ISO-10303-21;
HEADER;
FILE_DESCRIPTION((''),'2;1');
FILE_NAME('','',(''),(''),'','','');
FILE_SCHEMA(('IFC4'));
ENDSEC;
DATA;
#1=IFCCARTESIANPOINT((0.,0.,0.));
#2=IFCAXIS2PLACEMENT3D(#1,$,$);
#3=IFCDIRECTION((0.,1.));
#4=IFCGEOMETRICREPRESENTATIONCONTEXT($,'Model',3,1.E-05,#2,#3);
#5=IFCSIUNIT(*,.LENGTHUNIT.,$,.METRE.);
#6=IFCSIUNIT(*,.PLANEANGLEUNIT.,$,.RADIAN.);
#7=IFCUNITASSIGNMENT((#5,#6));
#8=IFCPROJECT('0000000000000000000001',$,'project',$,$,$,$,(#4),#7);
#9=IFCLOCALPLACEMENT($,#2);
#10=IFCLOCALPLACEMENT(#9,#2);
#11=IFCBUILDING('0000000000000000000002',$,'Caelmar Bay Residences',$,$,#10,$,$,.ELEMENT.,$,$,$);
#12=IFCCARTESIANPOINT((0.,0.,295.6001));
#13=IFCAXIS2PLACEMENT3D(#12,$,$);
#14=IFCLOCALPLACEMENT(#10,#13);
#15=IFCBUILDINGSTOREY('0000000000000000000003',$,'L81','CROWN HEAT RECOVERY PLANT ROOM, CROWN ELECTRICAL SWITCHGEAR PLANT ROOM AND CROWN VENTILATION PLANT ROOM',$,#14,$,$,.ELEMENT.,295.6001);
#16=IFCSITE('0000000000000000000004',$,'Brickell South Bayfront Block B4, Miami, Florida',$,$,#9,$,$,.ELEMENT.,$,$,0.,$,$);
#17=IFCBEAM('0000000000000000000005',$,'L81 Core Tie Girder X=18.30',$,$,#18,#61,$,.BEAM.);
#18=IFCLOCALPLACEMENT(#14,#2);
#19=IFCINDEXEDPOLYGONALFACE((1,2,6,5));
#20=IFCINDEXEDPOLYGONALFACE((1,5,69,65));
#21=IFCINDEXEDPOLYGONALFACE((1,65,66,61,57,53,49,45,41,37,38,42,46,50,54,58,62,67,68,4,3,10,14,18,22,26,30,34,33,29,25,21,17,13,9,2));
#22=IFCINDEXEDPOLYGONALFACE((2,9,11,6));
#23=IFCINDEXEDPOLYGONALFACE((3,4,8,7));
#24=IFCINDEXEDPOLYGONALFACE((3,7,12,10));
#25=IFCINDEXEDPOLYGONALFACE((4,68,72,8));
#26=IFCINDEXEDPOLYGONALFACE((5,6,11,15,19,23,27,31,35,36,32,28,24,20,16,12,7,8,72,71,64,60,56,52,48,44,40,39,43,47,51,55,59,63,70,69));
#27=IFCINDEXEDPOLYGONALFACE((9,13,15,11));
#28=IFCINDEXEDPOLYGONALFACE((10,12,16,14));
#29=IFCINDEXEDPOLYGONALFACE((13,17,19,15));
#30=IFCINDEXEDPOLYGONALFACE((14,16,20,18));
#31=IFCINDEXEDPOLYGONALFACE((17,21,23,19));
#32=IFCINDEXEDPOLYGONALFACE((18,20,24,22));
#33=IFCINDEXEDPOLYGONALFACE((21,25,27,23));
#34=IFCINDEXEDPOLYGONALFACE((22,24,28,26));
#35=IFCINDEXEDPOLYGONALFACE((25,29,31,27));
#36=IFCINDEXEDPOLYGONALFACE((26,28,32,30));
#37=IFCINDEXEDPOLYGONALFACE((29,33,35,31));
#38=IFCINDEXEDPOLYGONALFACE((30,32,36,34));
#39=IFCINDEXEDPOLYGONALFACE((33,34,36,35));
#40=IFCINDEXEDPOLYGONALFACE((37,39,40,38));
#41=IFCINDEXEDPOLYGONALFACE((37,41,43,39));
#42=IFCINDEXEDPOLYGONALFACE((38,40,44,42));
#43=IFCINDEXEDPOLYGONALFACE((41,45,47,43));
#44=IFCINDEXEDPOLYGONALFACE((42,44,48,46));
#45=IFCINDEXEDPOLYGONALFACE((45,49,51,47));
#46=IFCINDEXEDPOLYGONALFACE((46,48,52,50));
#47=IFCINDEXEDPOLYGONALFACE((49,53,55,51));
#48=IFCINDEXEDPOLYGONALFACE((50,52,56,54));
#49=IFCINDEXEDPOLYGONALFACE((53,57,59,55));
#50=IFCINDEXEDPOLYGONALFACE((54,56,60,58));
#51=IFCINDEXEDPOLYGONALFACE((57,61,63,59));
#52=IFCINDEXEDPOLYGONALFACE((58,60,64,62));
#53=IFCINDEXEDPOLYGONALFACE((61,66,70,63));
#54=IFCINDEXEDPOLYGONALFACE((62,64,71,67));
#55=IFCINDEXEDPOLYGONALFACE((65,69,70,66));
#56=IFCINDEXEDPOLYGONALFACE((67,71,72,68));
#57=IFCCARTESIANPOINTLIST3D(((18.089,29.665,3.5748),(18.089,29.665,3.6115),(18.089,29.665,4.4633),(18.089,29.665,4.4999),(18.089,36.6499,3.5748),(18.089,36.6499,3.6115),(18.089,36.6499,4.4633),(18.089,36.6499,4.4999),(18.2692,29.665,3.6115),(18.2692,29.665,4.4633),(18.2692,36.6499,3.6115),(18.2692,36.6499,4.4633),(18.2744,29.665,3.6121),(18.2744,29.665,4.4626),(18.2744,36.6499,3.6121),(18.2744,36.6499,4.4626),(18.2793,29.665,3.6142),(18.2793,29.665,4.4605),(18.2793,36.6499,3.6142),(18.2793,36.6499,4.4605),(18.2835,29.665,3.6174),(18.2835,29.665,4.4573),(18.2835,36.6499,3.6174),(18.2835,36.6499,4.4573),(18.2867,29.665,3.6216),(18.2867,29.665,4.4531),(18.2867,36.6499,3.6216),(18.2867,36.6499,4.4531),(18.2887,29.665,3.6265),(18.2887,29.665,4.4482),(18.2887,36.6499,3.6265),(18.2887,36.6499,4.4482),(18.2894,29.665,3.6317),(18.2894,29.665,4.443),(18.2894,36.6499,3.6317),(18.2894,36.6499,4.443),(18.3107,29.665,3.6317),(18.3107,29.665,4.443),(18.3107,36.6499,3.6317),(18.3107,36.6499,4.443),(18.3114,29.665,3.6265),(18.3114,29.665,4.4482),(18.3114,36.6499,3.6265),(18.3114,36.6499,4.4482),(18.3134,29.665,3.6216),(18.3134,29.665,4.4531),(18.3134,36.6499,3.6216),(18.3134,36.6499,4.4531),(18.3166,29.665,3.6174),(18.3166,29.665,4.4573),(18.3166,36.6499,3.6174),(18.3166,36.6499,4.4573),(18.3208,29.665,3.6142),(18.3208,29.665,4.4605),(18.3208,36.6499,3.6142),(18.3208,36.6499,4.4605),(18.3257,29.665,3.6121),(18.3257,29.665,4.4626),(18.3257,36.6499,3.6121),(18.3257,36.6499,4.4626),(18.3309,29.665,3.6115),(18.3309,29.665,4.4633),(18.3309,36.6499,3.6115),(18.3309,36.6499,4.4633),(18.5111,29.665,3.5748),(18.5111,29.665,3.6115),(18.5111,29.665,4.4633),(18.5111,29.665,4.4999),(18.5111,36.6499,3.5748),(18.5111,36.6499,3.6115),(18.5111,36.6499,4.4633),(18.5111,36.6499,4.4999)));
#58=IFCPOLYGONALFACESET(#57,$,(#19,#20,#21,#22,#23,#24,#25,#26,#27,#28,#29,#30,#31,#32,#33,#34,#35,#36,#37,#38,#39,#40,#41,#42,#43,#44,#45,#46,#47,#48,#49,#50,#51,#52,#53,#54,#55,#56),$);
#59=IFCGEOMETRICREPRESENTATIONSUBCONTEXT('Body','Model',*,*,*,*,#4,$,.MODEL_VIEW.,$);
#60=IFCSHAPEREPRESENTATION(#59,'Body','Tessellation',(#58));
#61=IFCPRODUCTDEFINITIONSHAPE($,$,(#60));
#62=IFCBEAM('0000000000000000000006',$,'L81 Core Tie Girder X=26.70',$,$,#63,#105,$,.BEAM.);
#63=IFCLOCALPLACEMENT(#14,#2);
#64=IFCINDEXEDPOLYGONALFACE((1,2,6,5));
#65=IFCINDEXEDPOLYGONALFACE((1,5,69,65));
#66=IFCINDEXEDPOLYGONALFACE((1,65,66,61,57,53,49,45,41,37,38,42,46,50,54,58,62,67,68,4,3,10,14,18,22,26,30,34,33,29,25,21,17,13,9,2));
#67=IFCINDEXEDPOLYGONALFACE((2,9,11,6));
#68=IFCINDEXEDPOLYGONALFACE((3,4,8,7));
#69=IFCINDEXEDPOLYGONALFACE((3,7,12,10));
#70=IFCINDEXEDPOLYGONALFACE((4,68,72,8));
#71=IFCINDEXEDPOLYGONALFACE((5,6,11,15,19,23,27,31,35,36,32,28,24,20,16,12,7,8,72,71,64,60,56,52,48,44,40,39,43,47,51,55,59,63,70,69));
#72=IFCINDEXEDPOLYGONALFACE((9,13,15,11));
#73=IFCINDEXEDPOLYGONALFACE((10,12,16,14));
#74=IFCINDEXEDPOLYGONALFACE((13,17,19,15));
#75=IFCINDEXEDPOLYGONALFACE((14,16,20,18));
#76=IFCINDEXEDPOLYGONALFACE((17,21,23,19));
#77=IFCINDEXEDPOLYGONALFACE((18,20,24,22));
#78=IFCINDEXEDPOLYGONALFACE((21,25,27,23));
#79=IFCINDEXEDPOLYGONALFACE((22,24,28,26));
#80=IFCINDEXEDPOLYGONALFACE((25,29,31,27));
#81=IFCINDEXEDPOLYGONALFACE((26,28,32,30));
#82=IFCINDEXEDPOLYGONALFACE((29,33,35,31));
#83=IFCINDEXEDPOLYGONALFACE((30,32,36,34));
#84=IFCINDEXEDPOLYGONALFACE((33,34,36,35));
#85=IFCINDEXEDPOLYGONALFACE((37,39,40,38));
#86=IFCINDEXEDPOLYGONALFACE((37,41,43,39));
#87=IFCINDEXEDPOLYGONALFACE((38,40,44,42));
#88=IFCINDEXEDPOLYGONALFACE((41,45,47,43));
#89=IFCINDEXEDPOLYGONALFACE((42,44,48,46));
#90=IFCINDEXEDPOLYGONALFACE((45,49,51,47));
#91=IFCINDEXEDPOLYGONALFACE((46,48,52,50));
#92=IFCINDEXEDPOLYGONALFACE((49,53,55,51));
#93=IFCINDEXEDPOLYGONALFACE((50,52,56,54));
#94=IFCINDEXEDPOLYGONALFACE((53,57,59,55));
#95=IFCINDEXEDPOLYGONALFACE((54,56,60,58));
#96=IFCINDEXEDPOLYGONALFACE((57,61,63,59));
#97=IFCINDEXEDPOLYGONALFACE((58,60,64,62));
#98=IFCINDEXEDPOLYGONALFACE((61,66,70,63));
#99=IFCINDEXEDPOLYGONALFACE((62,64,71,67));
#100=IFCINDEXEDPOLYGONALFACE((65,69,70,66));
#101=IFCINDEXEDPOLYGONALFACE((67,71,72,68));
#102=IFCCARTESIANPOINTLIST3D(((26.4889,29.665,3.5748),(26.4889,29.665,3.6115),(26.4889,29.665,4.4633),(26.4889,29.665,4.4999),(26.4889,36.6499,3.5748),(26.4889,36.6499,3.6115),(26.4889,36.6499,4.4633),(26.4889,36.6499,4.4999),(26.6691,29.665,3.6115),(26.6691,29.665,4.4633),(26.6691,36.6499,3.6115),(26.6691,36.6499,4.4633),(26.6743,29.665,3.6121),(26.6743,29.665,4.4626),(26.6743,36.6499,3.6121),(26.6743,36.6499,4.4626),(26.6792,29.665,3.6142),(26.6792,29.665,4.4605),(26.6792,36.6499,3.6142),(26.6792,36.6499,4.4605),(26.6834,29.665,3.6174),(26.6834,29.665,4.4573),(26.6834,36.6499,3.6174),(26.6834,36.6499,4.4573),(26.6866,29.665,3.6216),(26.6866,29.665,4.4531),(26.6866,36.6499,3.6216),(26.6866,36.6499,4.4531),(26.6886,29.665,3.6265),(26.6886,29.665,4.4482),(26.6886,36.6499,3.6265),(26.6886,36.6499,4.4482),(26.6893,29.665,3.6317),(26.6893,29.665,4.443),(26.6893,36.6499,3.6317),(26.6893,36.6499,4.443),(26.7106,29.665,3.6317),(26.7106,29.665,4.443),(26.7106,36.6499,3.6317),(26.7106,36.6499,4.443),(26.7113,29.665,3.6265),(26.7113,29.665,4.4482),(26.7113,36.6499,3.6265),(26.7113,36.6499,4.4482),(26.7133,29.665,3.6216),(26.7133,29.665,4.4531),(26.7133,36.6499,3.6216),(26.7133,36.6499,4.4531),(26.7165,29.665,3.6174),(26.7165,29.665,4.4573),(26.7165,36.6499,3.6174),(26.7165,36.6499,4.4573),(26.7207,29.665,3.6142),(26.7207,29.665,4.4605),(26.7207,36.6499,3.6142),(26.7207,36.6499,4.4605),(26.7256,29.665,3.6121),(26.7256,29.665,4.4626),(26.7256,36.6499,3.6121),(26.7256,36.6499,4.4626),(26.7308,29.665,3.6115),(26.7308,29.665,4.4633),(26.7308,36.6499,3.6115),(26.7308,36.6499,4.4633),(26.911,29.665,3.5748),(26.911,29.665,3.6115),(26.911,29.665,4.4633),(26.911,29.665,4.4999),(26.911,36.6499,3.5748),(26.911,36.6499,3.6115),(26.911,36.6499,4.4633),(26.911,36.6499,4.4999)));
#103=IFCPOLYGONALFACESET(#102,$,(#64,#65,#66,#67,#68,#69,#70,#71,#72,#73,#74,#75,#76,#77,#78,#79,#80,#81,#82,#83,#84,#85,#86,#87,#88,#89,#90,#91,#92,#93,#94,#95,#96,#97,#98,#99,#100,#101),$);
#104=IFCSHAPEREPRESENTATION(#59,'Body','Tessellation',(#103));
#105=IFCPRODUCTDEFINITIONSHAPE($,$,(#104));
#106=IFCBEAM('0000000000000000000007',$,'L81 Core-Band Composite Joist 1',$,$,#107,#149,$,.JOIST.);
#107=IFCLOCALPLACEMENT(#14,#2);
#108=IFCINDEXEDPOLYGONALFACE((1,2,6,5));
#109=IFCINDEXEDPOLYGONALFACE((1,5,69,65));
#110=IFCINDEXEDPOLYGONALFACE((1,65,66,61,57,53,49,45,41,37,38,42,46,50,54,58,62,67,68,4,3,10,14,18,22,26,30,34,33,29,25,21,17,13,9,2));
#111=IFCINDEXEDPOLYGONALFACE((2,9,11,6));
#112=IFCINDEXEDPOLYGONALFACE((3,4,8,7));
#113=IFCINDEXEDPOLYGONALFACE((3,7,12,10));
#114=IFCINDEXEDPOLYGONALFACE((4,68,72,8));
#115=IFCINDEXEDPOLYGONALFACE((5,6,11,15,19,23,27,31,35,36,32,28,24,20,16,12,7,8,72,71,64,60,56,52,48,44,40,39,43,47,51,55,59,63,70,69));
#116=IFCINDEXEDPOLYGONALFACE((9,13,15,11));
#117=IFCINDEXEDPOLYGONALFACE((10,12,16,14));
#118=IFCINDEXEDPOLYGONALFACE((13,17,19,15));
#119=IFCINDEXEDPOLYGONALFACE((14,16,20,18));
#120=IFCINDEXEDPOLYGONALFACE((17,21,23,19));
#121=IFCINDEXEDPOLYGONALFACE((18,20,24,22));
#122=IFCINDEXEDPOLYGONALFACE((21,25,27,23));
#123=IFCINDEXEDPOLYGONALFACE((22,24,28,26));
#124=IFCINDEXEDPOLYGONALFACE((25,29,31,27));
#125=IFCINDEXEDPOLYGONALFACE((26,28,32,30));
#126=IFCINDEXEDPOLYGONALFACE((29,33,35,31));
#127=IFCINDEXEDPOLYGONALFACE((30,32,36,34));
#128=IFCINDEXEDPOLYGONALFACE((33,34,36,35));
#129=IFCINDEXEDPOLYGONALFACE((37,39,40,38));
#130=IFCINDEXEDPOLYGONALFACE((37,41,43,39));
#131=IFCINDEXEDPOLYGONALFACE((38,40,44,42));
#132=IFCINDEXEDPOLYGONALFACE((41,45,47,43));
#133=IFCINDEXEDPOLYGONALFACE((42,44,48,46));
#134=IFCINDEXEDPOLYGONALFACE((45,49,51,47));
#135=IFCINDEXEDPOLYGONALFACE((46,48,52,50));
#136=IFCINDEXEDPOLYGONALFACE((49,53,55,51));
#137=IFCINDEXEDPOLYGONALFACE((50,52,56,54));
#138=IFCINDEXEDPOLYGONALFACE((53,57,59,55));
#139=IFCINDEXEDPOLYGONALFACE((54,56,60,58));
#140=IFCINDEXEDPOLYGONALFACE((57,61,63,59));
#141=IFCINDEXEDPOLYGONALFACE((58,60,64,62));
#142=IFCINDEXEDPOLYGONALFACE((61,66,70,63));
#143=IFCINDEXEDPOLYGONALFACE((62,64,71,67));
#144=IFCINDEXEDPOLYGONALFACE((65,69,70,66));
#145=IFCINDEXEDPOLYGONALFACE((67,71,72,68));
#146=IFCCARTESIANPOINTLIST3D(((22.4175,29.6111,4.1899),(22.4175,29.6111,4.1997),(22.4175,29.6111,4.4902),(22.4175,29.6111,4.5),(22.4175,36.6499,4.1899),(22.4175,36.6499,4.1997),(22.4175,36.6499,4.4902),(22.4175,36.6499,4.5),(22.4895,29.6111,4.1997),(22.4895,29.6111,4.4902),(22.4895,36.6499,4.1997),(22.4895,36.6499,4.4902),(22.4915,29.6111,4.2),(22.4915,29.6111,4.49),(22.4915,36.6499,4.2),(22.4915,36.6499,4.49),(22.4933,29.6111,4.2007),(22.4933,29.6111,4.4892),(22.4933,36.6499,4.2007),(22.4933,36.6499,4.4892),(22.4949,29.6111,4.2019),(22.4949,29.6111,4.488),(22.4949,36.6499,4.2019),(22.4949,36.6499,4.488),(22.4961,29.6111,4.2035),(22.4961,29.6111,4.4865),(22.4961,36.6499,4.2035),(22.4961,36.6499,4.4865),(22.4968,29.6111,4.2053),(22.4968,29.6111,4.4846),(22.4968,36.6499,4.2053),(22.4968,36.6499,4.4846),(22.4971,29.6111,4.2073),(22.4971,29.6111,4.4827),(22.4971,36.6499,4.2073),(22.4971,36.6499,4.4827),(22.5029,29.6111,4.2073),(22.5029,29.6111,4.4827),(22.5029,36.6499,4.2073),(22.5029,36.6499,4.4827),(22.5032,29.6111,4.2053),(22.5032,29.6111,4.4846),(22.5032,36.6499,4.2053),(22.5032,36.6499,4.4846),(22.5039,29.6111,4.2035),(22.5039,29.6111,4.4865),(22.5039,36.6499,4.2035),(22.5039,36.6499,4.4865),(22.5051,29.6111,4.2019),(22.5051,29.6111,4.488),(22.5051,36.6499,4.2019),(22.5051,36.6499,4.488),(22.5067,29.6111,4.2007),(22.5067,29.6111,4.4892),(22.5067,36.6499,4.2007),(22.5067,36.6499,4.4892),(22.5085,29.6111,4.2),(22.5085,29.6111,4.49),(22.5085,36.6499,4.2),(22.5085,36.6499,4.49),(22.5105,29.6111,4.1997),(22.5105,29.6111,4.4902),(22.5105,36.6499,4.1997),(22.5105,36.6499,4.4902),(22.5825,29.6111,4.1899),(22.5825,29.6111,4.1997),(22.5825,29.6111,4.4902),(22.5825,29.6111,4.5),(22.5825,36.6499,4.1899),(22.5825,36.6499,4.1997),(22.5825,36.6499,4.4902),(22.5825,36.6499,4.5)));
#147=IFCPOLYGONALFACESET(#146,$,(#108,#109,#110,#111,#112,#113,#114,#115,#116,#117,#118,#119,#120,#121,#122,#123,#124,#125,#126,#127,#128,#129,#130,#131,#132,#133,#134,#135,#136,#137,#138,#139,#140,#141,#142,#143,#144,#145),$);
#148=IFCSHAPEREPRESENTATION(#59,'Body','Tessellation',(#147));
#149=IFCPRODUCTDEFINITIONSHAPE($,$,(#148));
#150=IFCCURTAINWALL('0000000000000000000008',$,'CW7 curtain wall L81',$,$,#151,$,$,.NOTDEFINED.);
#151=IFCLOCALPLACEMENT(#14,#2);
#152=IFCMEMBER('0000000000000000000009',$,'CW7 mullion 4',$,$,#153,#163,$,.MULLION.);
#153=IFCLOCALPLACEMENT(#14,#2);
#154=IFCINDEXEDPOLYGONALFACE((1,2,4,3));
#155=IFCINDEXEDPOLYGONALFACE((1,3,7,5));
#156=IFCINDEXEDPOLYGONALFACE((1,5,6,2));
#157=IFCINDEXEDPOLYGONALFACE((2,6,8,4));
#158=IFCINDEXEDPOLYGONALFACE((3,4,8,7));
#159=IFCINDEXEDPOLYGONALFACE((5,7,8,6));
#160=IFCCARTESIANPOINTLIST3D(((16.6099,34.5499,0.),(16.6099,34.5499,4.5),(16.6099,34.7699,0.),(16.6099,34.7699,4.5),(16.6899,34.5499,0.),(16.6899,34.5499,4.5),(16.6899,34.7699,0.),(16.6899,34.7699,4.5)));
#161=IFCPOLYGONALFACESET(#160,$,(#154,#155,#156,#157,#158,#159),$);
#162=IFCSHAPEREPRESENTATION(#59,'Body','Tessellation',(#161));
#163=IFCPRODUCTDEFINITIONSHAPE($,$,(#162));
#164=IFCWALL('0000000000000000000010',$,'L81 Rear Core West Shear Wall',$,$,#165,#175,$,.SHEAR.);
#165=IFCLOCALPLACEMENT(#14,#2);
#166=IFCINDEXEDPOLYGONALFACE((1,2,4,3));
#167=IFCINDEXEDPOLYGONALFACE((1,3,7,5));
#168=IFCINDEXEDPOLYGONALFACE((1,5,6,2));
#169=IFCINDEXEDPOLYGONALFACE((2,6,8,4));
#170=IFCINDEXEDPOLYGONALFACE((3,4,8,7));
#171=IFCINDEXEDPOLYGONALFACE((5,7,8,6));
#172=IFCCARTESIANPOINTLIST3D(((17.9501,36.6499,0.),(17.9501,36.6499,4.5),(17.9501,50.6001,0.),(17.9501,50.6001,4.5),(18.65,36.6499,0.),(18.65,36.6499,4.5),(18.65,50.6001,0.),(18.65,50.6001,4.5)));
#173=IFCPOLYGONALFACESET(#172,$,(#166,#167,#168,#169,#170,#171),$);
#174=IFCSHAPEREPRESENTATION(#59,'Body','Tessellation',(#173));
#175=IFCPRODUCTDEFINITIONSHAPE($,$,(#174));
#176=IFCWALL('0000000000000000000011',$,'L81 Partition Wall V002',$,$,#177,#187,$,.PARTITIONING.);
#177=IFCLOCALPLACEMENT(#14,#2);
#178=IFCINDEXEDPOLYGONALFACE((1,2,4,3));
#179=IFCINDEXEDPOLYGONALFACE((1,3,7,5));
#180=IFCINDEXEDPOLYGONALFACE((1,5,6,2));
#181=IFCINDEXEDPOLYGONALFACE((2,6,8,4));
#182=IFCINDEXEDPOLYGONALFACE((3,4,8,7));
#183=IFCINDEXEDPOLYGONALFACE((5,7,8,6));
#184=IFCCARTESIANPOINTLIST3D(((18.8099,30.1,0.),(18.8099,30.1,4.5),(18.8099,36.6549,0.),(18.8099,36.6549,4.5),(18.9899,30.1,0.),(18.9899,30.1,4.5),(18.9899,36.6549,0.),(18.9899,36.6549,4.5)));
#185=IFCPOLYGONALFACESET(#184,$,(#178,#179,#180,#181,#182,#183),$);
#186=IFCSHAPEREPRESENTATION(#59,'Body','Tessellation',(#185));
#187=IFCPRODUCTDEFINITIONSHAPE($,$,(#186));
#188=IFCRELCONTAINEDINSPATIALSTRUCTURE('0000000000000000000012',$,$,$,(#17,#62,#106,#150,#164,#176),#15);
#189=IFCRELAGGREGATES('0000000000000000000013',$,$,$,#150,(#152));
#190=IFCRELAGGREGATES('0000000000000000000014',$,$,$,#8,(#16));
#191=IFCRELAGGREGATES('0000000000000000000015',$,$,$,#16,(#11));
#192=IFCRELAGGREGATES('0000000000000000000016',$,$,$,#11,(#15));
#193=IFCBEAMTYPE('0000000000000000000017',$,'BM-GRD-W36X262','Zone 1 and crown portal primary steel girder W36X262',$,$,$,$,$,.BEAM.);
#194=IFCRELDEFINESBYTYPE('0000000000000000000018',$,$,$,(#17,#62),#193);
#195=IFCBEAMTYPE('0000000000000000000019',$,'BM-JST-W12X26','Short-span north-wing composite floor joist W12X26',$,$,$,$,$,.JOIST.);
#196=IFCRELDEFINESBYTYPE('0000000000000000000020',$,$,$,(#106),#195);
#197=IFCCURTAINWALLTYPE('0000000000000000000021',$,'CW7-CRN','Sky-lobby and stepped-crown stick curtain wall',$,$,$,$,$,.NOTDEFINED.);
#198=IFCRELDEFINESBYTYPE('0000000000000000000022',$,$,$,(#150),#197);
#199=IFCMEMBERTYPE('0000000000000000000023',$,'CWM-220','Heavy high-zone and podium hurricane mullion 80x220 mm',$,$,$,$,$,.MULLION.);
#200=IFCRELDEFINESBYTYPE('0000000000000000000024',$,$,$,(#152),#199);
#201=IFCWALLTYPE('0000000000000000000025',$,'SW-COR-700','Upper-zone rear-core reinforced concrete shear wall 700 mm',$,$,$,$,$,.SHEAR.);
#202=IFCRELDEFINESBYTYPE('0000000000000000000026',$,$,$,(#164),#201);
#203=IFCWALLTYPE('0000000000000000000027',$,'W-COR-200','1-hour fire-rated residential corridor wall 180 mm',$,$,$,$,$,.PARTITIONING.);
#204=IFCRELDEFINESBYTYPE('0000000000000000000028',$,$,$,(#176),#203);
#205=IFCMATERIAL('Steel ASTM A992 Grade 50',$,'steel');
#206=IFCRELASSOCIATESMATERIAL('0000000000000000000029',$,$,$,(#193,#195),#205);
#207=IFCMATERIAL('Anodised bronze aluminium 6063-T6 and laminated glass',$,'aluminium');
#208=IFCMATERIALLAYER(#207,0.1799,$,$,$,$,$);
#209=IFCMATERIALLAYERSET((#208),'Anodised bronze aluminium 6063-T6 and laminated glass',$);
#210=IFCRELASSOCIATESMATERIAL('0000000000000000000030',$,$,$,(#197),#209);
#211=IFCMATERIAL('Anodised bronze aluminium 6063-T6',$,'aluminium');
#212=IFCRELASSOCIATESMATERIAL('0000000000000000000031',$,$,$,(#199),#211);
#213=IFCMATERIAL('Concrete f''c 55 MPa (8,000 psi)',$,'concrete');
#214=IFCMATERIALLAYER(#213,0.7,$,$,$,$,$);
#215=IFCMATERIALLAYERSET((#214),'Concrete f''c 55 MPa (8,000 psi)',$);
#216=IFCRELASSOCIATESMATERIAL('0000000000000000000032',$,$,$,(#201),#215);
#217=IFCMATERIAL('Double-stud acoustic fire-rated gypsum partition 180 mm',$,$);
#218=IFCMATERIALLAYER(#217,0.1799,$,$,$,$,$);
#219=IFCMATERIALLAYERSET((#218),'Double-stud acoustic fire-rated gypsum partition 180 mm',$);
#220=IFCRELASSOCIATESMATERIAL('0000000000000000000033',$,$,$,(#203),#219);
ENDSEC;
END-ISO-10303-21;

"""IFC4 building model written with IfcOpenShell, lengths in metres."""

from ifc_helpers import new_model, si_unit, direction, frame, frame_2d, origin, origin_2d, place, context, subcontext, project, spatial, rectangle, i_section, extrude, material, layer, layer_set, material_profile, profile_set, type_object, element, aggregate, save


model = new_model("IFC4")

# Units and contexts
model_context = context("Model", 3, precision=1e-05, world=origin(), true_north=direction((0.0, 1.0)))
body_context = subcontext(model_context, "Body", "Model", "MODEL_VIEW")
ifc_project = project(units=[si_unit("LENGTHUNIT", "METRE"), si_unit("PLANEANGLEUNIT", "RADIAN")], contexts=[model_context])

# Site, building, storey
site_placement = place(None, origin())
site = spatial("IfcSite", under=ifc_project, at=site_placement, Name="Brickell South Bayfront Block B4, Miami, Florida", CompositionType="ELEMENT", RefElevation=0.0)
building_placement = place(site_placement, origin())
building = spatial("IfcBuilding", under=site, at=building_placement, Name="Caelmar Bay Residences", CompositionType="ELEMENT")
storey_placement = place(building_placement, frame((0.0, 0.0, 295.6001)))
storey = spatial("IfcBuildingStorey", under=building, at=storey_placement, Name="L81", Description="CROWN HEAT RECOVERY PLANT ROOM, CROWN ELECTRICAL SWITCHGEAR PLANT ROOM AND CROWN VENTILATION PLANT ROOM", CompositionType="ELEMENT", Elevation=295.6001)

# Beams
ifc_material_1 = material(Name="Steel ASTM A992 Grade 50", Category="steel")
ifc_material_profile_1 = material_profile(ifc_material_1, i_section(OverallWidth=0.4221, OverallDepth=0.925, WebThickness=0.0212, FlangeThickness=0.0366, FilletRadius=0.0203, at=origin_2d()), Name="W36X262")
ifc_profile_set_1 = profile_set([ifc_material_profile_1], Name="Steel ASTM A992 Grade 50")
beam_type_1 = type_object("IfcBeamType", Name="BM-GRD-W36X262", Description="Zone 1 and crown portal primary steel girder W36X262", PredefinedType="BEAM", material=ifc_profile_set_1)
for number, where, z_axis, x_axis, name in (
    (1, (18.3, 29.665, 4.0374), (0.0, 1.0, 0.0), (-1.0, 0.0, 0.0), "L81 Core Tie Girder X=18.30"),
    (2, (26.7, 29.665, 4.0374), (0.0, 1.0, 0.0), (-1.0, 0.0, 0.0), "L81 Core Tie Girder X=26.70"),
):
    element("IfcBeam", number, at=place(storey_placement, frame(where, z_axis=z_axis, x_axis=x_axis)), inside=storey, type_object=beam_type_1, Name=name, PredefinedType="BEAM", context=body_context, shape_type="SweptSolid", body=[
        extrude(i_section(OverallWidth=0.4221, OverallDepth=0.925, WebThickness=0.0212, FlangeThickness=0.0366, FilletRadius=0.0203, at=origin_2d()), origin(), (0.0, 0.0, 1.0), 6.9849),
    ])
ifc_material_profile_2 = material_profile(ifc_material_1, i_section(OverallWidth=0.165, OverallDepth=0.3101, WebThickness=0.0059, FlangeThickness=0.0098, FilletRadius=0.0076, at=origin_2d()), Name="W12X26")
ifc_profile_set_2 = profile_set([ifc_material_profile_2], Name="Steel ASTM A992 Grade 50")
beam_type_2 = type_object("IfcBeamType", Name="BM-JST-W12X26", Description="Short-span north-wing composite floor joist W12X26", PredefinedType="JOIST", material=ifc_profile_set_2)
beam_placement = place(storey_placement, frame((22.5, 29.6111, 4.345), z_axis=(0.0, 1.0, 0.0), x_axis=(-1.0, 0.0, 0.0)))
element("IfcBeam", 3, at=beam_placement, inside=storey, type_object=beam_type_2, Name="L81 Core-Band Composite Joist 1", PredefinedType="JOIST", context=body_context, shape_type="SweptSolid", body=[
    extrude(i_section(OverallWidth=0.165, OverallDepth=0.3101, WebThickness=0.0059, FlangeThickness=0.0098, FilletRadius=0.0076, at=origin_2d()), origin(), (0.0, 0.0, 1.0), 7.0388),
])

# Curtain wall, member
ifc_material_2 = material(Name="Anodised bronze aluminium 6063-T6 and laminated glass", Category="aluminium")
ifc_layer_1 = layer(ifc_material_2, 0.1799)
ifc_layer_set_1 = layer_set([ifc_layer_1], Name="Anodised bronze aluminium 6063-T6 and laminated glass")
curtain_wall_type = type_object("IfcCurtainWallType", Name="CW7-CRN", Description="Sky-lobby and stepped-crown stick curtain wall", PredefinedType="NOTDEFINED", material=ifc_layer_set_1)
curtain_wall_placement = place(storey_placement, origin())
curtain_wall = element("IfcCurtainWall", 4, at=curtain_wall_placement, inside=storey, type_object=curtain_wall_type, Name="CW7 curtain wall L81", PredefinedType="NOTDEFINED")
ifc_material_3 = material(Name="Anodised bronze aluminium 6063-T6", Category="aluminium")
ifc_material_profile_3 = material_profile(ifc_material_3, rectangle(XDim=0.0801, YDim=0.22, at=origin_2d()), Name="CWM-80X220")
ifc_profile_set_3 = profile_set([ifc_material_profile_3], Name="Anodised bronze aluminium 6063-T6")
member_type = type_object("IfcMemberType", Name="CWM-220", Description="Heavy high-zone and podium hurricane mullion 80x220 mm", PredefinedType="MULLION", material=ifc_profile_set_3)
member_placement = place(storey_placement, frame((16.6499, 34.6599, 0.0), z_axis=(0.0, 0.0, 1.0), x_axis=(-1.0, 0.0, 0.0)))
member = element("IfcMember", 5, at=member_placement, type_object=member_type, Name="CW7 mullion 4", PredefinedType="MULLION", context=body_context, shape_type="SweptSolid", body=[
    extrude(rectangle(XDim=0.0801, YDim=0.22, at=origin_2d()), origin(), (0.0, 0.0, 1.0), 4.5),
])
aggregate(curtain_wall, [member])

# Shared definitions
ifc_material_4 = material(Name="Concrete f'c 55 MPa (8,000 psi)", Category="concrete")
ifc_layer_2 = layer(ifc_material_4, 0.7)
ifc_layer_set_2 = layer_set([ifc_layer_2], Name="Concrete f'c 55 MPa (8,000 psi)")
wall_type_1 = type_object("IfcWallType", Name="SW-COR-700", Description="Upper-zone rear-core reinforced concrete shear wall 700 mm", PredefinedType="SHEAR", material=ifc_layer_set_2)

# Wall
wall_1_placement = place(storey_placement, frame((18.3, 36.6499, 0.0), z_axis=(0.0, 0.0, 1.0), x_axis=(0.0, 1.0, 0.0)))
element("IfcWall", 6, at=wall_1_placement, inside=storey, type_object=wall_type_1, Name="L81 Rear Core West Shear Wall", PredefinedType="SHEAR", context=body_context, shape_type="SweptSolid", body=[
    extrude(rectangle(XDim=13.9502, YDim=0.7, at=frame_2d((6.9751, 0.0))), origin(), (0.0, 0.0, 1.0), 4.5),
])

# Wall
ifc_material_5 = material(Name="Double-stud acoustic fire-rated gypsum partition 180 mm")
ifc_layer_3 = layer(ifc_material_5, 0.1799)
ifc_layer_set_3 = layer_set([ifc_layer_3], Name="Double-stud acoustic fire-rated gypsum partition 180 mm")
wall_type_2 = type_object("IfcWallType", Name="W-COR-200", Description="1-hour fire-rated residential corridor wall 180 mm", PredefinedType="PARTITIONING", material=ifc_layer_set_3)
wall_2_placement = place(storey_placement, frame((18.8999, 30.1001, 0.0), z_axis=(0.0, 0.0, 1.0), x_axis=(0.0, 1.0, 0.0)))
element("IfcWall", 7, at=wall_2_placement, inside=storey, type_object=wall_type_2, Name="L81 Partition Wall V002", PredefinedType="PARTITIONING", context=body_context, shape_type="SweptSolid", body=[
    extrude(rectangle(XDim=6.5549, YDim=0.1799, at=frame_2d((3.2773, 0.0))), origin(), (0.0, 0.0, 1.0), 4.5),
])

save(model, "model.ifc")
